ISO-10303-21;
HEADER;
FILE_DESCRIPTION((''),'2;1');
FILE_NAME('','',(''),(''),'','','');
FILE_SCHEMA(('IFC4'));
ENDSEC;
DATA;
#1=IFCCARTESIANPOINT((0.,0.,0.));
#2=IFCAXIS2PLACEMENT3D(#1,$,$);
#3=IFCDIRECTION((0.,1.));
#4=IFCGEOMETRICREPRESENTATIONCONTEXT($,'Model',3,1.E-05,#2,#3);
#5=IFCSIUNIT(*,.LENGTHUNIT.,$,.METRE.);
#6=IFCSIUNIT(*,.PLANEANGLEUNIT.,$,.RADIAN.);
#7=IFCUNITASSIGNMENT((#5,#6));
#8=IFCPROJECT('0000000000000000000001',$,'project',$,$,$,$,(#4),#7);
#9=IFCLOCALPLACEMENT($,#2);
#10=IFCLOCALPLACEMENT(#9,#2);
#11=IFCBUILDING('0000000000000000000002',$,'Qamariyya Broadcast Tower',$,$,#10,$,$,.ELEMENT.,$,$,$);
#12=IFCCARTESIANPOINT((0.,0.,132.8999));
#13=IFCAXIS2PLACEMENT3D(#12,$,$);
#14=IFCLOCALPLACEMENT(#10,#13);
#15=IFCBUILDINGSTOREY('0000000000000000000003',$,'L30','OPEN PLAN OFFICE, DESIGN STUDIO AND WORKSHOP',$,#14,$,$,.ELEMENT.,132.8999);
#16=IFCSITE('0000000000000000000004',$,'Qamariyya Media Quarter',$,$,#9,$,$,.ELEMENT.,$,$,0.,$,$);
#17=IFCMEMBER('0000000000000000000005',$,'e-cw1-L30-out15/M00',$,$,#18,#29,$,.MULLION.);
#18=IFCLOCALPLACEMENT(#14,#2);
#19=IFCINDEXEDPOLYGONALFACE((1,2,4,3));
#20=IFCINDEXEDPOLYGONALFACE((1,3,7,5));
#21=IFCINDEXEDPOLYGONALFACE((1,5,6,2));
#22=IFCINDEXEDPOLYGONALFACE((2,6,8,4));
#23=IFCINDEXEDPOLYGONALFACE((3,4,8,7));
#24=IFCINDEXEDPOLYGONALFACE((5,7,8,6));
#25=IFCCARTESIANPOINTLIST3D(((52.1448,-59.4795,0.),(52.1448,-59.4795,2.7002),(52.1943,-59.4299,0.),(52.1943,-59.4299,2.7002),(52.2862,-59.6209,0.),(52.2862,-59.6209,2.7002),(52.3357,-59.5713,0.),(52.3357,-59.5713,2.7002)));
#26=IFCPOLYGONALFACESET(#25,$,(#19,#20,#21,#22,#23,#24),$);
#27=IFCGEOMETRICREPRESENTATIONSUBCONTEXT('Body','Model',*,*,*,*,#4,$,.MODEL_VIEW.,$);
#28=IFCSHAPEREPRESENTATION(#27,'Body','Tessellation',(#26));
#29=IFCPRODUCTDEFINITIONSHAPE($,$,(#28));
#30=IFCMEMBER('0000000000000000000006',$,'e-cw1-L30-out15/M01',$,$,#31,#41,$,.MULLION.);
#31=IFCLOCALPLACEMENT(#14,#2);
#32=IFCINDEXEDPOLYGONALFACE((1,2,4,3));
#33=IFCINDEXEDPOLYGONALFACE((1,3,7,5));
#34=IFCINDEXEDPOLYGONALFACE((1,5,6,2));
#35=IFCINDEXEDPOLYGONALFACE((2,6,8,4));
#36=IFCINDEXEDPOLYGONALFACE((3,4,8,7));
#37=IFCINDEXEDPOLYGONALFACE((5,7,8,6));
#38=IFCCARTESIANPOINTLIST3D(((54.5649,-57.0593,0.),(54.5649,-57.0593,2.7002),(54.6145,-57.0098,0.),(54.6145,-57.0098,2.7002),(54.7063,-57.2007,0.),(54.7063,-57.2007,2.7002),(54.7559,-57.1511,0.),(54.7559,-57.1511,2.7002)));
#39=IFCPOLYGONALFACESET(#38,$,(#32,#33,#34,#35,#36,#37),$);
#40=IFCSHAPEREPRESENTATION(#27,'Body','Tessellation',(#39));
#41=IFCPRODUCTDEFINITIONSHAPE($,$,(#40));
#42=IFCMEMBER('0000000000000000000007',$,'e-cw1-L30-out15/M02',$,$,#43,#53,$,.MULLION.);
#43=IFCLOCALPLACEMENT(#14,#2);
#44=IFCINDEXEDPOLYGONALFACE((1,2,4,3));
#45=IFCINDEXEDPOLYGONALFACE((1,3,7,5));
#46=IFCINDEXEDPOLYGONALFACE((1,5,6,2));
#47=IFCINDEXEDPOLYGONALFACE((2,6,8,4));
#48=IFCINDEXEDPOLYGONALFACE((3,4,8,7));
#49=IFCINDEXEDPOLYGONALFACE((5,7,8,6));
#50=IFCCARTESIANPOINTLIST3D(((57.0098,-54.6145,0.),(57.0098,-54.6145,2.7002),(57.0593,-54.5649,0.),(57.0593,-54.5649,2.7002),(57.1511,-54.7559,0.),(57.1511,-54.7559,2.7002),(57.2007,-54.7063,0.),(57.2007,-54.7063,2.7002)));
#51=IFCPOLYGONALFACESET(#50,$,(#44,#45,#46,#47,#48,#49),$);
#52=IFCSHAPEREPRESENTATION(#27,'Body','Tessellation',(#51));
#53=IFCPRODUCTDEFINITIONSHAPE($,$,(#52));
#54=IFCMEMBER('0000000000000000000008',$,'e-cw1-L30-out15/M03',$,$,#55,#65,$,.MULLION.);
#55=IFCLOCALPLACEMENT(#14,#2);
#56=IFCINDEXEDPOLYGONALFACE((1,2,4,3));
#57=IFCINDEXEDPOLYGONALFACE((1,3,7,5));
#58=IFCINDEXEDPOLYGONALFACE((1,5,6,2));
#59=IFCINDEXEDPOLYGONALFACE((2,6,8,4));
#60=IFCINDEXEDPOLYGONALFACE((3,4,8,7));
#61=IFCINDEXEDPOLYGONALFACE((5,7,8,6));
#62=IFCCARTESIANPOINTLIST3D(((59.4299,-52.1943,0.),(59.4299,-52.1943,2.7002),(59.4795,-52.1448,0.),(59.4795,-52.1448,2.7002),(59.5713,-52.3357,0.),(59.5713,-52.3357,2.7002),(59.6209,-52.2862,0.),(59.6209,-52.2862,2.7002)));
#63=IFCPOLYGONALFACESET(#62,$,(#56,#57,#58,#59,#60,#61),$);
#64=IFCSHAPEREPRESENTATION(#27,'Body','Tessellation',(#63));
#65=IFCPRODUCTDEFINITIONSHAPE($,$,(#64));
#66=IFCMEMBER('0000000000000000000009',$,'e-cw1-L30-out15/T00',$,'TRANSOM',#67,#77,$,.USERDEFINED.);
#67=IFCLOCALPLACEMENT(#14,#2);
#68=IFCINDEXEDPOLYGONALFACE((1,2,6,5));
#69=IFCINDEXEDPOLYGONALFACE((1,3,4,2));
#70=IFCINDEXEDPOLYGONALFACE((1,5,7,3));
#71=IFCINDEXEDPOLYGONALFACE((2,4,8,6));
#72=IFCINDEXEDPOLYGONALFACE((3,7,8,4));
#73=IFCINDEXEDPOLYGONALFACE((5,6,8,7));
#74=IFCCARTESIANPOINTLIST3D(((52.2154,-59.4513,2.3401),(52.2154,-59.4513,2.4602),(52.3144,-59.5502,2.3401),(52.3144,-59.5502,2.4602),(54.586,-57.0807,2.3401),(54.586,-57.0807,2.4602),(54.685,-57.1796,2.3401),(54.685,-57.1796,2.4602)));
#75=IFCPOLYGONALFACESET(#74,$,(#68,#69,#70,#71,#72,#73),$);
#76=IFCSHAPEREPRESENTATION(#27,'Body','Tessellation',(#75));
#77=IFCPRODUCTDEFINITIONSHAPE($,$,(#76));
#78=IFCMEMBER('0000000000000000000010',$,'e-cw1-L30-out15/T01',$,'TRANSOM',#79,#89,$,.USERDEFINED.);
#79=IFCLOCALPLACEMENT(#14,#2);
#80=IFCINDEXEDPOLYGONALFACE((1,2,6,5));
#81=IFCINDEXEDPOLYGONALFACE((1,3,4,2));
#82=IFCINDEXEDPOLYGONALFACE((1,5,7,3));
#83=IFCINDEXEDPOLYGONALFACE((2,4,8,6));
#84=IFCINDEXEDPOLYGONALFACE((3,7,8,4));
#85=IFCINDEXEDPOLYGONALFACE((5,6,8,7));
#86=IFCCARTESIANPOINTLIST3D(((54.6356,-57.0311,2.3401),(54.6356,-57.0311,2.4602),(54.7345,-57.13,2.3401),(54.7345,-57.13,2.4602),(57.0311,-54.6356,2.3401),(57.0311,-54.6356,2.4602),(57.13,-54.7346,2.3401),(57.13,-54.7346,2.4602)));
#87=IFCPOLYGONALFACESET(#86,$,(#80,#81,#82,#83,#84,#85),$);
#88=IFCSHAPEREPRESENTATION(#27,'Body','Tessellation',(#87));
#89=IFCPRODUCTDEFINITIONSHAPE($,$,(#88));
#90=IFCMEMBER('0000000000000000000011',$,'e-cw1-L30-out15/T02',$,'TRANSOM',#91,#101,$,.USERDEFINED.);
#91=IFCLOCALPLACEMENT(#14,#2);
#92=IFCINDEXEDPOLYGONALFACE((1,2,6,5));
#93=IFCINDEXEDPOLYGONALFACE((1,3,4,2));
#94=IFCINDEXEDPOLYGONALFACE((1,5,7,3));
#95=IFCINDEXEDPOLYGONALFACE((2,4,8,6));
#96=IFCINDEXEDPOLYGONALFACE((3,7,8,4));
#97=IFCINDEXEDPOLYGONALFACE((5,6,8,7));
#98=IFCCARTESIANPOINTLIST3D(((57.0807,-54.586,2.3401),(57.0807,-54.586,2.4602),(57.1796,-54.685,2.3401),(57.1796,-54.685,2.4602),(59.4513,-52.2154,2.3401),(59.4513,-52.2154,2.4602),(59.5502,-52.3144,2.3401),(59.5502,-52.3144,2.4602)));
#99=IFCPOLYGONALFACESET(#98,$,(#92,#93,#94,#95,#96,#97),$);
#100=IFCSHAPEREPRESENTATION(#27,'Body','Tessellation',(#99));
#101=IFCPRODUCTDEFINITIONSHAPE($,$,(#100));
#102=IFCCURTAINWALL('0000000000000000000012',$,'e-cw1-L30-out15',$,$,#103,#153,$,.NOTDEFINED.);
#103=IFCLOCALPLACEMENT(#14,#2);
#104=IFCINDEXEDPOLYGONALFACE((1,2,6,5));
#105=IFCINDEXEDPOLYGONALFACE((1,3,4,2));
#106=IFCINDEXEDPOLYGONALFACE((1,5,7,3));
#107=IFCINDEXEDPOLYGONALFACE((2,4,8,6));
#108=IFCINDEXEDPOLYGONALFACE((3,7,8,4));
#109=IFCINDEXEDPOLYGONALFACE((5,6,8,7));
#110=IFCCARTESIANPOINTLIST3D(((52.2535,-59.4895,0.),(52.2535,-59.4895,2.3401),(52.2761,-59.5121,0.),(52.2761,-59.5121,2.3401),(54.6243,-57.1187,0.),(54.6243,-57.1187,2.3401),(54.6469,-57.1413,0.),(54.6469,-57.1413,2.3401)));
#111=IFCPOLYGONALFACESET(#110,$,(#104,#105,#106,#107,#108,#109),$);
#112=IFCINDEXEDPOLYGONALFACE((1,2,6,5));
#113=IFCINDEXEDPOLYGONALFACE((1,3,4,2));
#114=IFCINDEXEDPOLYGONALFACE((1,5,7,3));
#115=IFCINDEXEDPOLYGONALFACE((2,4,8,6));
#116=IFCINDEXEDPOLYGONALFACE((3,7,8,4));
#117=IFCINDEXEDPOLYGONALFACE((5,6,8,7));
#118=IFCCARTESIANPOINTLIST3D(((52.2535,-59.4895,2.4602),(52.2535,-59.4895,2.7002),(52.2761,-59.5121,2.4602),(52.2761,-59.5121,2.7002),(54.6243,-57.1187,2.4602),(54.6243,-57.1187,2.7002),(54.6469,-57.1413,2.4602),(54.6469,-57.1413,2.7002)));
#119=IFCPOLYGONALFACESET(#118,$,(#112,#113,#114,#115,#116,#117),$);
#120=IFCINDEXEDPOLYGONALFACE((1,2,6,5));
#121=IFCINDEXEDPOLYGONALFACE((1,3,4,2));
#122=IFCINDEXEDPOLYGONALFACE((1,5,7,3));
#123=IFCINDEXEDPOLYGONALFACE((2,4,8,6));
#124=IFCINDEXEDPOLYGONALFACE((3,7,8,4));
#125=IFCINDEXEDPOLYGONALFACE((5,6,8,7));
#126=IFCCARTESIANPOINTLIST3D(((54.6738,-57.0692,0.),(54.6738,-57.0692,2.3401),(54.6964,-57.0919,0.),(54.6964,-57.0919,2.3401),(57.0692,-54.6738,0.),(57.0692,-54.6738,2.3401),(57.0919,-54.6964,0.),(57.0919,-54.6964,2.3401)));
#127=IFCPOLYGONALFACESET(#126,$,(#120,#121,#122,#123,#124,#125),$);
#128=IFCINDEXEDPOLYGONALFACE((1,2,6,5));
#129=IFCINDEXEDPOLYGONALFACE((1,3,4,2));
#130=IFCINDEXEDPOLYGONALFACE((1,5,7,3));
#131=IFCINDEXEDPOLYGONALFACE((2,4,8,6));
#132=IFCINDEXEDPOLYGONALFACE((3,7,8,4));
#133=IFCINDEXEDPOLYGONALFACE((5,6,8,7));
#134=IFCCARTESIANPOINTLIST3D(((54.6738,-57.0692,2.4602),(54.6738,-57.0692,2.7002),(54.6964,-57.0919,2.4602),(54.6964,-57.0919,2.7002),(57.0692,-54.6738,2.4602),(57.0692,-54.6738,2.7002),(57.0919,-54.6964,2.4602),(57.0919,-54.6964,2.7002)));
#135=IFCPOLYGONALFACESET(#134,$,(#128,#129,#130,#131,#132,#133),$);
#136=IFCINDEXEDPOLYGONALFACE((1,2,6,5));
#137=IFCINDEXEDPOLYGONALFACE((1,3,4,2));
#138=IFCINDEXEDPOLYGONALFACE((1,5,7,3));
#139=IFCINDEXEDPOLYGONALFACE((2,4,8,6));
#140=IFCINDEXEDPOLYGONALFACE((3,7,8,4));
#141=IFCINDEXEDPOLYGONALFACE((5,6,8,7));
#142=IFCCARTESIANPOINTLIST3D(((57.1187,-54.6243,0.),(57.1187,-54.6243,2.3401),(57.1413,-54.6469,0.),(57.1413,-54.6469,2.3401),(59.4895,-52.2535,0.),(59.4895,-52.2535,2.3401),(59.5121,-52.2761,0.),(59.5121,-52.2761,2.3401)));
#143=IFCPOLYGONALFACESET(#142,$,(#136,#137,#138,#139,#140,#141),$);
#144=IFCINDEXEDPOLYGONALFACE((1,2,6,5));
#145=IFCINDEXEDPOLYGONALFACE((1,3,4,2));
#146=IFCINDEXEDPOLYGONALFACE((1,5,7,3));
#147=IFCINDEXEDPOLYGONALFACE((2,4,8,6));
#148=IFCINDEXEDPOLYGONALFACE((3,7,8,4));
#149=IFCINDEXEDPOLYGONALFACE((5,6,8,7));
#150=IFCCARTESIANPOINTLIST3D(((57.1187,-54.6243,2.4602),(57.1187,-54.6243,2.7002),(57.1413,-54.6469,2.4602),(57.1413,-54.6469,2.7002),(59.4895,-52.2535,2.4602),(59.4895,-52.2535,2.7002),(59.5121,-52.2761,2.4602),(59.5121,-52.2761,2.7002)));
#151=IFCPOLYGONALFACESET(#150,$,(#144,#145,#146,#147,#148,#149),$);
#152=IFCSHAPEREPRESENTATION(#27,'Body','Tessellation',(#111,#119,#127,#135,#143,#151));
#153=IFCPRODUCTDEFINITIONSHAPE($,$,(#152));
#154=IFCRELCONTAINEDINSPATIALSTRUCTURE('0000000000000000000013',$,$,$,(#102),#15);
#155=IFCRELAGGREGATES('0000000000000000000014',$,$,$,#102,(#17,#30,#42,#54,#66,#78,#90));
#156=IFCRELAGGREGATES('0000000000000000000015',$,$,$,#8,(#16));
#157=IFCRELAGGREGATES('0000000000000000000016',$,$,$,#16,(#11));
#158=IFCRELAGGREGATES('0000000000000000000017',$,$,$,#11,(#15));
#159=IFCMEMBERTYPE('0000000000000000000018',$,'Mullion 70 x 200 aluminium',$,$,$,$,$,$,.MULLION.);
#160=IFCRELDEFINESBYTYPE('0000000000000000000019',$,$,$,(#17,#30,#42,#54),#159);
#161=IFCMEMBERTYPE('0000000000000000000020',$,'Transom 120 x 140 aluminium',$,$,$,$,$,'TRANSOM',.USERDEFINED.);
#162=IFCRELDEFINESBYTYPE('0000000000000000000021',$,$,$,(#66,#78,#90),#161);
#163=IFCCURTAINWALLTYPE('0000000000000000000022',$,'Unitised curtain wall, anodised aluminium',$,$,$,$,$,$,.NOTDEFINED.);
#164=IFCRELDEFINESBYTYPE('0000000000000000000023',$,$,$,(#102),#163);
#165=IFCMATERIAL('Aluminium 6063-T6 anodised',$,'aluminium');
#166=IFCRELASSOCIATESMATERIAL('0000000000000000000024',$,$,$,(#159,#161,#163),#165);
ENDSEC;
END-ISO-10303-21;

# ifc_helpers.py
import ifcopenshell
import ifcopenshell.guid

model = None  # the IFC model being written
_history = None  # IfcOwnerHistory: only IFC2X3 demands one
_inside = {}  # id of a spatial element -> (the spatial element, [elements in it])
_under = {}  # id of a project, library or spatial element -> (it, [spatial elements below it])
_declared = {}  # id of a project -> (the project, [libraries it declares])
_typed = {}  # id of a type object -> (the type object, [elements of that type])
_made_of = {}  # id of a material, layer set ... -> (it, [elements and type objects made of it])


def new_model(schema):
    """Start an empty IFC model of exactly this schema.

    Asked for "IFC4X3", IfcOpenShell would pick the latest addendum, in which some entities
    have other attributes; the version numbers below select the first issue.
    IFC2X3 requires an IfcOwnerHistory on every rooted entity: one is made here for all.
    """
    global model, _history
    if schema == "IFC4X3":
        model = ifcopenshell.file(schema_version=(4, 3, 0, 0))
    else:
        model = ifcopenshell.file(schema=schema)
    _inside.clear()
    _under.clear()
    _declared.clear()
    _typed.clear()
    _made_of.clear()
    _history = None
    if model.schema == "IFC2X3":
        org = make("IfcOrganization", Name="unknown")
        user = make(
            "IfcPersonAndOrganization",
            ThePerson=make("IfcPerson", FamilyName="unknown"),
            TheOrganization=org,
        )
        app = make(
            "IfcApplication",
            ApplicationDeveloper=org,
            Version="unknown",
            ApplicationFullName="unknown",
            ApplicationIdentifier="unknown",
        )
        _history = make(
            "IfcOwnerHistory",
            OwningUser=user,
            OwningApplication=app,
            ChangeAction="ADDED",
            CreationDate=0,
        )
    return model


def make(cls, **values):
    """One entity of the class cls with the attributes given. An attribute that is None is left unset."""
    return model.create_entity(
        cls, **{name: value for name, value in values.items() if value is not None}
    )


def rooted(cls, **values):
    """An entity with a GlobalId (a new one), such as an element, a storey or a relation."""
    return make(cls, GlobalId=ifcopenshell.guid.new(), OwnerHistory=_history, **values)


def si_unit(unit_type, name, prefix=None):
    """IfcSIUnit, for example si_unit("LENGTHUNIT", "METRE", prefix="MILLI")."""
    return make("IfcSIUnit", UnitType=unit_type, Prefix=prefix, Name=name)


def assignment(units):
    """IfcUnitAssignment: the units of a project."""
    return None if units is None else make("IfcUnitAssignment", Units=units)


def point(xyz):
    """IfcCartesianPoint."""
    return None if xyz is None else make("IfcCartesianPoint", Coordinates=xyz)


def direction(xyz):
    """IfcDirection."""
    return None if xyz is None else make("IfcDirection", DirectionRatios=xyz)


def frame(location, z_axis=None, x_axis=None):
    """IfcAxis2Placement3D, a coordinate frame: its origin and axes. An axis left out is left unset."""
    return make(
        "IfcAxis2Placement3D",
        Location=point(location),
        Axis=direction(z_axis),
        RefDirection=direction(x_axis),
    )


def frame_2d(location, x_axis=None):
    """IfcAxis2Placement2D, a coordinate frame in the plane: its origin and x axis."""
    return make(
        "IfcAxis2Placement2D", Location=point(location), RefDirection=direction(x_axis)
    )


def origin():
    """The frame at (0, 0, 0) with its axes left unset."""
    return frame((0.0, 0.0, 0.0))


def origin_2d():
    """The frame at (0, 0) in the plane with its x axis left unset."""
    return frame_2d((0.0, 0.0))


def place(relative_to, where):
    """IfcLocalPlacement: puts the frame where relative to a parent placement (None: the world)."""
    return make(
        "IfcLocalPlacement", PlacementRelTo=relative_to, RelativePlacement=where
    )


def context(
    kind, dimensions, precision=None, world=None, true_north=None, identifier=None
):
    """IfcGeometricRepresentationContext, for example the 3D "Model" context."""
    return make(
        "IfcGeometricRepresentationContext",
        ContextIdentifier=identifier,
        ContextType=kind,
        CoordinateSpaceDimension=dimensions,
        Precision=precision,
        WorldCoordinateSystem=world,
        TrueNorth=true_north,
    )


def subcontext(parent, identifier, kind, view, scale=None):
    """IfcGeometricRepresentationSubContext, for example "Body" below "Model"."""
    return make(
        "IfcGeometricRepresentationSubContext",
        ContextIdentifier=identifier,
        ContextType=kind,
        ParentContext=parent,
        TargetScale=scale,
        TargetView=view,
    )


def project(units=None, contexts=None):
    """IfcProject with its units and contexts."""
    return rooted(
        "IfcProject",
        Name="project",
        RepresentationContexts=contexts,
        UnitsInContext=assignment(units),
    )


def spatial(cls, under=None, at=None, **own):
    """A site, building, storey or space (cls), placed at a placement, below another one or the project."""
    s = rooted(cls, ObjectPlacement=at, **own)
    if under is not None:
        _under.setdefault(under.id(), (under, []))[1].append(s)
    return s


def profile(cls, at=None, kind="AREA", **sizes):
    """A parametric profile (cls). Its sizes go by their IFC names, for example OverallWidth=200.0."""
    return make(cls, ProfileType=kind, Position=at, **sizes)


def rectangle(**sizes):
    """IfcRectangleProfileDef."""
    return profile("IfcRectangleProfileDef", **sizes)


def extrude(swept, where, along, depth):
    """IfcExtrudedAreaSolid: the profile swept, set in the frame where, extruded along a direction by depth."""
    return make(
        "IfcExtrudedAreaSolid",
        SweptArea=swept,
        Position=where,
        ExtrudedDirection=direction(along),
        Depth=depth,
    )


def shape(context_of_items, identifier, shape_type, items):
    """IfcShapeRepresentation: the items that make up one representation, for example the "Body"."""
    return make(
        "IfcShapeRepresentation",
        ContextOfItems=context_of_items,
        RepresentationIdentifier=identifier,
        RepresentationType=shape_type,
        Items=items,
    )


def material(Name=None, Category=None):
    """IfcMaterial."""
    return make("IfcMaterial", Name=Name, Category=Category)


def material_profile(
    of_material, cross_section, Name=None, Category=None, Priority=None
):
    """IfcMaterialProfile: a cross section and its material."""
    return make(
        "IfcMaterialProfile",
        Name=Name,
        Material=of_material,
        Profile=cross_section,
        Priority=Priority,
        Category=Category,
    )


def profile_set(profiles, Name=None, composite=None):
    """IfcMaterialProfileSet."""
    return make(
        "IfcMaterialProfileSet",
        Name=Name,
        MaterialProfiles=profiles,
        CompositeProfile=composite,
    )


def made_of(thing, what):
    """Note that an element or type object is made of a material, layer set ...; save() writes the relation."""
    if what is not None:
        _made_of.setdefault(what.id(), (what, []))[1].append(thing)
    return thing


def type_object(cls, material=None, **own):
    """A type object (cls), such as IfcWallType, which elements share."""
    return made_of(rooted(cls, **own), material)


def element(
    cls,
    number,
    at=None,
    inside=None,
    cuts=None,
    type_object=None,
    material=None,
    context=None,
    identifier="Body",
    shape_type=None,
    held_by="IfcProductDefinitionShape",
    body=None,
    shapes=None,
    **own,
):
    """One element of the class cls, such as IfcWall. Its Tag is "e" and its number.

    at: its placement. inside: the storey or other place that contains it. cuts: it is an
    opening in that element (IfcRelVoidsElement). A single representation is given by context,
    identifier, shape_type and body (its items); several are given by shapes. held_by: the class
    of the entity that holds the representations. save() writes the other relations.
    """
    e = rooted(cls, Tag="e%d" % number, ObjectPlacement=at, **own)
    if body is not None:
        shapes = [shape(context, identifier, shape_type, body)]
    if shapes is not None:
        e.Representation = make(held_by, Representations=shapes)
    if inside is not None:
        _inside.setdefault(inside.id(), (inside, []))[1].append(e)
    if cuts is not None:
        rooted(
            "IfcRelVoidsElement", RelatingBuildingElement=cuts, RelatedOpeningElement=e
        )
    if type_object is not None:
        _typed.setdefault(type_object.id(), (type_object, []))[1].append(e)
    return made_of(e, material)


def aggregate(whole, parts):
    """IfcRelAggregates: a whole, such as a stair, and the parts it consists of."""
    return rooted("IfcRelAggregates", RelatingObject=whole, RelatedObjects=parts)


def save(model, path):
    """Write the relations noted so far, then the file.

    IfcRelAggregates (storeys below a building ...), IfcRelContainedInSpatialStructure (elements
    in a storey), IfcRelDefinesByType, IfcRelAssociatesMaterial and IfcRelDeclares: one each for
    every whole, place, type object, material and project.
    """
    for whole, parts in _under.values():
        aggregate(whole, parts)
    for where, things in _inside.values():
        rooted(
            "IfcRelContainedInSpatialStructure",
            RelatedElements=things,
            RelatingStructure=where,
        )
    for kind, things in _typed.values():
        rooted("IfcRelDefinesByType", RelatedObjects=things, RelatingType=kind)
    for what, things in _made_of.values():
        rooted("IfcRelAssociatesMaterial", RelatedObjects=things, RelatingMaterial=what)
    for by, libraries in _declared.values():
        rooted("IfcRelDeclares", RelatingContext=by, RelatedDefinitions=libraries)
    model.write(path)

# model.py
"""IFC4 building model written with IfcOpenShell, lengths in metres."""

from ifc_helpers import new_model, si_unit, direction, frame, origin, origin_2d, place, context, subcontext, project, spatial, rectangle, extrude, material, material_profile, profile_set, type_object, element, aggregate, save


model = new_model("IFC4")

# Units and contexts
model_context = context("Model", 3, precision=1e-05, world=origin(), true_north=direction((0.0, 1.0)))
body_context = subcontext(model_context, "Body", "Model", "MODEL_VIEW")
ifc_project = project(units=[si_unit("LENGTHUNIT", "METRE"), si_unit("PLANEANGLEUNIT", "RADIAN")], contexts=[model_context])

# Members
ifc_material = material(Name="Aluminium 6063-T6 anodised", Category="aluminium")
ifc_material_profile_1 = material_profile(ifc_material, rectangle(XDim=0.2, YDim=0.0701, at=origin_2d()))
ifc_profile_set_1 = profile_set([ifc_material_profile_1], Name="Aluminium 6063-T6 anodised")
member_type_1 = type_object("IfcMemberType", Name="Mullion 70 x 200 aluminium", PredefinedType="MULLION", material=ifc_profile_set_1)
site_placement = place(None, origin())
building_placement = place(site_placement, origin())
storey_placement = place(building_placement, frame((0.0, 0.0, 132.8999)))
member_1_placement = place(storey_placement, frame((52.2402, -59.5254, 0.0), z_axis=(0.0, 0.0, 1.0), x_axis=(-0.707107, 0.707107, 0.0)))
member_1 = element("IfcMember", 1, at=member_1_placement, type_object=member_type_1, Name="e-cw1-L30-out15/M00", PredefinedType="MULLION", context=body_context, shape_type="SweptSolid", body=[
    extrude(rectangle(XDim=0.2, YDim=0.0701, at=origin_2d()), origin(), (0.0, 0.0, 1.0), 2.7002),
])
member_2_placement = place(storey_placement, frame((54.6604, -57.1052, 0.0), z_axis=(0.0, 0.0, 1.0), x_axis=(-0.707107, 0.707107, 0.0)))
member_2 = element("IfcMember", 2, at=member_2_placement, type_object=member_type_1, Name="e-cw1-L30-out15/M01", PredefinedType="MULLION", context=body_context, shape_type="SweptSolid", body=[
    extrude(rectangle(XDim=0.2, YDim=0.0701, at=origin_2d()), origin(), (0.0, 0.0, 1.0), 2.7002),
])
member_3_placement = place(storey_placement, frame((57.1052, -54.6604, 0.0), z_axis=(0.0, 0.0, 1.0), x_axis=(-0.707107, 0.707107, 0.0)))
member_3 = element("IfcMember", 3, at=member_3_placement, type_object=member_type_1, Name="e-cw1-L30-out15/M02", PredefinedType="MULLION", context=body_context, shape_type="SweptSolid", body=[
    extrude(rectangle(XDim=0.2, YDim=0.0701, at=origin_2d()), origin(), (0.0, 0.0, 1.0), 2.7002),
])
member_4_placement = place(storey_placement, frame((59.5254, -52.2402, 0.0), z_axis=(0.0, 0.0, 1.0), x_axis=(-0.707107, 0.707107, 0.0)))
member_4 = element("IfcMember", 4, at=member_4_placement, type_object=member_type_1, Name="e-cw1-L30-out15/M03", PredefinedType="MULLION", context=body_context, shape_type="SweptSolid", body=[
    extrude(rectangle(XDim=0.2, YDim=0.0701, at=origin_2d()), origin(), (0.0, 0.0, 1.0), 2.7002),
])
ifc_material_profile_2 = material_profile(ifc_material, rectangle(XDim=0.1399, YDim=0.1201, at=origin_2d()))
ifc_profile_set_2 = profile_set([ifc_material_profile_2], Name="Aluminium 6063-T6 anodised")
member_type_2 = type_object("IfcMemberType", Name="Transom 120 x 140 aluminium", ElementType="TRANSOM", PredefinedType="USERDEFINED", material=ifc_profile_set_2)
member_5_placement = place(storey_placement, frame((52.2649, -59.5007, 2.4001), z_axis=(0.707107, 0.707107, 0.0), x_axis=(-0.707107, 0.707107, 0.0)))
member_5 = element("IfcMember", 5, at=member_5_placement, type_object=member_type_2, Name="e-cw1-L30-out15/T00", ObjectType="TRANSOM", PredefinedType="USERDEFINED", context=body_context, shape_type="SweptSolid", body=[
    extrude(rectangle(XDim=0.1399, YDim=0.1201, at=origin_2d()), origin(), (0.0, 0.0, 1.0), 3.3525),
])
member_6_placement = place(storey_placement, frame((54.6851, -57.0806, 2.4001), z_axis=(0.707107, 0.707107, 0.0), x_axis=(-0.707107, 0.707107, 0.0)))
member_6 = element("IfcMember", 6, at=member_6_placement, type_object=member_type_2, Name="e-cw1-L30-out15/T01", ObjectType="TRANSOM", PredefinedType="USERDEFINED", context=body_context, shape_type="SweptSolid", body=[
    extrude(rectangle(XDim=0.1399, YDim=0.1201, at=origin_2d()), origin(), (0.0, 0.0, 1.0), 3.3877),
])
member_7_placement = place(storey_placement, frame((57.1301, -54.6355, 2.4001), z_axis=(0.707107, 0.707107, 0.0), x_axis=(-0.707107, 0.707107, 0.0)))
member_7 = element("IfcMember", 7, at=member_7_placement, type_object=member_type_2, Name="e-cw1-L30-out15/T02", ObjectType="TRANSOM", PredefinedType="USERDEFINED", context=body_context, shape_type="SweptSolid", body=[
    extrude(rectangle(XDim=0.1399, YDim=0.1201, at=origin_2d()), origin(), (0.0, 0.0, 1.0), 3.3525),
])

# Site, building, storey
site = spatial("IfcSite", under=ifc_project, at=site_placement, Name="Qamariyya Media Quarter", CompositionType="ELEMENT", RefElevation=0.0)
building = spatial("IfcBuilding", under=site, at=building_placement, Name="Qamariyya Broadcast Tower", CompositionType="ELEMENT")
storey = spatial("IfcBuildingStorey", under=building, at=storey_placement, Name="L30", Description="OPEN PLAN OFFICE, DESIGN STUDIO AND WORKSHOP", CompositionType="ELEMENT", Elevation=132.8999)

# Curtain wall
curtain_wall_type = type_object("IfcCurtainWallType", Name="Unitised curtain wall, anodised aluminium", PredefinedType="NOTDEFINED", material=ifc_material)
curtain_wall_1_placement = place(storey_placement, origin())
curtain_wall_1 = element("IfcCurtainWall", 8, at=curtain_wall_1_placement, inside=storey, type_object=curtain_wall_type, Name="e-cw1-L30-out15", PredefinedType="NOTDEFINED", context=body_context, shape_type="SweptSolid", body=[
    extrude(rectangle(XDim=3.3528, YDim=0.032, at=origin_2d()), frame((53.4502, -58.3154, 0.0), x_axis=(0.707107, 0.707107, 0.0)), (0.0, 0.0, 1.0), 2.3401),
    extrude(rectangle(XDim=3.3528, YDim=0.032, at=origin_2d()), frame((53.4502, -58.3154, 2.4602), x_axis=(0.707107, 0.707107, 0.0)), (0.0, 0.0, 1.0), 0.24),
    extrude(rectangle(XDim=3.3877, YDim=0.032, at=origin_2d()), frame((55.8828, -55.8828, 0.0), x_axis=(0.707107, 0.707107, 0.0)), (0.0, 0.0, 1.0), 2.3401),
    extrude(rectangle(XDim=3.3877, YDim=0.032, at=origin_2d()), frame((55.8828, -55.8828, 2.4602), x_axis=(0.707107, 0.707107, 0.0)), (0.0, 0.0, 1.0), 0.24),
    extrude(rectangle(XDim=3.3528, YDim=0.032, at=origin_2d()), frame((58.3154, -53.4502, 0.0), x_axis=(0.707107, 0.707107, 0.0)), (0.0, 0.0, 1.0), 2.3401),
    extrude(rectangle(XDim=3.3528, YDim=0.032, at=origin_2d()), frame((58.3154, -53.4502, 2.4602), x_axis=(0.707107, 0.707107, 0.0)), (0.0, 0.0, 1.0), 0.24),
])
aggregate(curtain_wall_1, [member_1, member_2, member_3, member_4, member_5, member_6, member_7])

save(model, "model.ifc")
